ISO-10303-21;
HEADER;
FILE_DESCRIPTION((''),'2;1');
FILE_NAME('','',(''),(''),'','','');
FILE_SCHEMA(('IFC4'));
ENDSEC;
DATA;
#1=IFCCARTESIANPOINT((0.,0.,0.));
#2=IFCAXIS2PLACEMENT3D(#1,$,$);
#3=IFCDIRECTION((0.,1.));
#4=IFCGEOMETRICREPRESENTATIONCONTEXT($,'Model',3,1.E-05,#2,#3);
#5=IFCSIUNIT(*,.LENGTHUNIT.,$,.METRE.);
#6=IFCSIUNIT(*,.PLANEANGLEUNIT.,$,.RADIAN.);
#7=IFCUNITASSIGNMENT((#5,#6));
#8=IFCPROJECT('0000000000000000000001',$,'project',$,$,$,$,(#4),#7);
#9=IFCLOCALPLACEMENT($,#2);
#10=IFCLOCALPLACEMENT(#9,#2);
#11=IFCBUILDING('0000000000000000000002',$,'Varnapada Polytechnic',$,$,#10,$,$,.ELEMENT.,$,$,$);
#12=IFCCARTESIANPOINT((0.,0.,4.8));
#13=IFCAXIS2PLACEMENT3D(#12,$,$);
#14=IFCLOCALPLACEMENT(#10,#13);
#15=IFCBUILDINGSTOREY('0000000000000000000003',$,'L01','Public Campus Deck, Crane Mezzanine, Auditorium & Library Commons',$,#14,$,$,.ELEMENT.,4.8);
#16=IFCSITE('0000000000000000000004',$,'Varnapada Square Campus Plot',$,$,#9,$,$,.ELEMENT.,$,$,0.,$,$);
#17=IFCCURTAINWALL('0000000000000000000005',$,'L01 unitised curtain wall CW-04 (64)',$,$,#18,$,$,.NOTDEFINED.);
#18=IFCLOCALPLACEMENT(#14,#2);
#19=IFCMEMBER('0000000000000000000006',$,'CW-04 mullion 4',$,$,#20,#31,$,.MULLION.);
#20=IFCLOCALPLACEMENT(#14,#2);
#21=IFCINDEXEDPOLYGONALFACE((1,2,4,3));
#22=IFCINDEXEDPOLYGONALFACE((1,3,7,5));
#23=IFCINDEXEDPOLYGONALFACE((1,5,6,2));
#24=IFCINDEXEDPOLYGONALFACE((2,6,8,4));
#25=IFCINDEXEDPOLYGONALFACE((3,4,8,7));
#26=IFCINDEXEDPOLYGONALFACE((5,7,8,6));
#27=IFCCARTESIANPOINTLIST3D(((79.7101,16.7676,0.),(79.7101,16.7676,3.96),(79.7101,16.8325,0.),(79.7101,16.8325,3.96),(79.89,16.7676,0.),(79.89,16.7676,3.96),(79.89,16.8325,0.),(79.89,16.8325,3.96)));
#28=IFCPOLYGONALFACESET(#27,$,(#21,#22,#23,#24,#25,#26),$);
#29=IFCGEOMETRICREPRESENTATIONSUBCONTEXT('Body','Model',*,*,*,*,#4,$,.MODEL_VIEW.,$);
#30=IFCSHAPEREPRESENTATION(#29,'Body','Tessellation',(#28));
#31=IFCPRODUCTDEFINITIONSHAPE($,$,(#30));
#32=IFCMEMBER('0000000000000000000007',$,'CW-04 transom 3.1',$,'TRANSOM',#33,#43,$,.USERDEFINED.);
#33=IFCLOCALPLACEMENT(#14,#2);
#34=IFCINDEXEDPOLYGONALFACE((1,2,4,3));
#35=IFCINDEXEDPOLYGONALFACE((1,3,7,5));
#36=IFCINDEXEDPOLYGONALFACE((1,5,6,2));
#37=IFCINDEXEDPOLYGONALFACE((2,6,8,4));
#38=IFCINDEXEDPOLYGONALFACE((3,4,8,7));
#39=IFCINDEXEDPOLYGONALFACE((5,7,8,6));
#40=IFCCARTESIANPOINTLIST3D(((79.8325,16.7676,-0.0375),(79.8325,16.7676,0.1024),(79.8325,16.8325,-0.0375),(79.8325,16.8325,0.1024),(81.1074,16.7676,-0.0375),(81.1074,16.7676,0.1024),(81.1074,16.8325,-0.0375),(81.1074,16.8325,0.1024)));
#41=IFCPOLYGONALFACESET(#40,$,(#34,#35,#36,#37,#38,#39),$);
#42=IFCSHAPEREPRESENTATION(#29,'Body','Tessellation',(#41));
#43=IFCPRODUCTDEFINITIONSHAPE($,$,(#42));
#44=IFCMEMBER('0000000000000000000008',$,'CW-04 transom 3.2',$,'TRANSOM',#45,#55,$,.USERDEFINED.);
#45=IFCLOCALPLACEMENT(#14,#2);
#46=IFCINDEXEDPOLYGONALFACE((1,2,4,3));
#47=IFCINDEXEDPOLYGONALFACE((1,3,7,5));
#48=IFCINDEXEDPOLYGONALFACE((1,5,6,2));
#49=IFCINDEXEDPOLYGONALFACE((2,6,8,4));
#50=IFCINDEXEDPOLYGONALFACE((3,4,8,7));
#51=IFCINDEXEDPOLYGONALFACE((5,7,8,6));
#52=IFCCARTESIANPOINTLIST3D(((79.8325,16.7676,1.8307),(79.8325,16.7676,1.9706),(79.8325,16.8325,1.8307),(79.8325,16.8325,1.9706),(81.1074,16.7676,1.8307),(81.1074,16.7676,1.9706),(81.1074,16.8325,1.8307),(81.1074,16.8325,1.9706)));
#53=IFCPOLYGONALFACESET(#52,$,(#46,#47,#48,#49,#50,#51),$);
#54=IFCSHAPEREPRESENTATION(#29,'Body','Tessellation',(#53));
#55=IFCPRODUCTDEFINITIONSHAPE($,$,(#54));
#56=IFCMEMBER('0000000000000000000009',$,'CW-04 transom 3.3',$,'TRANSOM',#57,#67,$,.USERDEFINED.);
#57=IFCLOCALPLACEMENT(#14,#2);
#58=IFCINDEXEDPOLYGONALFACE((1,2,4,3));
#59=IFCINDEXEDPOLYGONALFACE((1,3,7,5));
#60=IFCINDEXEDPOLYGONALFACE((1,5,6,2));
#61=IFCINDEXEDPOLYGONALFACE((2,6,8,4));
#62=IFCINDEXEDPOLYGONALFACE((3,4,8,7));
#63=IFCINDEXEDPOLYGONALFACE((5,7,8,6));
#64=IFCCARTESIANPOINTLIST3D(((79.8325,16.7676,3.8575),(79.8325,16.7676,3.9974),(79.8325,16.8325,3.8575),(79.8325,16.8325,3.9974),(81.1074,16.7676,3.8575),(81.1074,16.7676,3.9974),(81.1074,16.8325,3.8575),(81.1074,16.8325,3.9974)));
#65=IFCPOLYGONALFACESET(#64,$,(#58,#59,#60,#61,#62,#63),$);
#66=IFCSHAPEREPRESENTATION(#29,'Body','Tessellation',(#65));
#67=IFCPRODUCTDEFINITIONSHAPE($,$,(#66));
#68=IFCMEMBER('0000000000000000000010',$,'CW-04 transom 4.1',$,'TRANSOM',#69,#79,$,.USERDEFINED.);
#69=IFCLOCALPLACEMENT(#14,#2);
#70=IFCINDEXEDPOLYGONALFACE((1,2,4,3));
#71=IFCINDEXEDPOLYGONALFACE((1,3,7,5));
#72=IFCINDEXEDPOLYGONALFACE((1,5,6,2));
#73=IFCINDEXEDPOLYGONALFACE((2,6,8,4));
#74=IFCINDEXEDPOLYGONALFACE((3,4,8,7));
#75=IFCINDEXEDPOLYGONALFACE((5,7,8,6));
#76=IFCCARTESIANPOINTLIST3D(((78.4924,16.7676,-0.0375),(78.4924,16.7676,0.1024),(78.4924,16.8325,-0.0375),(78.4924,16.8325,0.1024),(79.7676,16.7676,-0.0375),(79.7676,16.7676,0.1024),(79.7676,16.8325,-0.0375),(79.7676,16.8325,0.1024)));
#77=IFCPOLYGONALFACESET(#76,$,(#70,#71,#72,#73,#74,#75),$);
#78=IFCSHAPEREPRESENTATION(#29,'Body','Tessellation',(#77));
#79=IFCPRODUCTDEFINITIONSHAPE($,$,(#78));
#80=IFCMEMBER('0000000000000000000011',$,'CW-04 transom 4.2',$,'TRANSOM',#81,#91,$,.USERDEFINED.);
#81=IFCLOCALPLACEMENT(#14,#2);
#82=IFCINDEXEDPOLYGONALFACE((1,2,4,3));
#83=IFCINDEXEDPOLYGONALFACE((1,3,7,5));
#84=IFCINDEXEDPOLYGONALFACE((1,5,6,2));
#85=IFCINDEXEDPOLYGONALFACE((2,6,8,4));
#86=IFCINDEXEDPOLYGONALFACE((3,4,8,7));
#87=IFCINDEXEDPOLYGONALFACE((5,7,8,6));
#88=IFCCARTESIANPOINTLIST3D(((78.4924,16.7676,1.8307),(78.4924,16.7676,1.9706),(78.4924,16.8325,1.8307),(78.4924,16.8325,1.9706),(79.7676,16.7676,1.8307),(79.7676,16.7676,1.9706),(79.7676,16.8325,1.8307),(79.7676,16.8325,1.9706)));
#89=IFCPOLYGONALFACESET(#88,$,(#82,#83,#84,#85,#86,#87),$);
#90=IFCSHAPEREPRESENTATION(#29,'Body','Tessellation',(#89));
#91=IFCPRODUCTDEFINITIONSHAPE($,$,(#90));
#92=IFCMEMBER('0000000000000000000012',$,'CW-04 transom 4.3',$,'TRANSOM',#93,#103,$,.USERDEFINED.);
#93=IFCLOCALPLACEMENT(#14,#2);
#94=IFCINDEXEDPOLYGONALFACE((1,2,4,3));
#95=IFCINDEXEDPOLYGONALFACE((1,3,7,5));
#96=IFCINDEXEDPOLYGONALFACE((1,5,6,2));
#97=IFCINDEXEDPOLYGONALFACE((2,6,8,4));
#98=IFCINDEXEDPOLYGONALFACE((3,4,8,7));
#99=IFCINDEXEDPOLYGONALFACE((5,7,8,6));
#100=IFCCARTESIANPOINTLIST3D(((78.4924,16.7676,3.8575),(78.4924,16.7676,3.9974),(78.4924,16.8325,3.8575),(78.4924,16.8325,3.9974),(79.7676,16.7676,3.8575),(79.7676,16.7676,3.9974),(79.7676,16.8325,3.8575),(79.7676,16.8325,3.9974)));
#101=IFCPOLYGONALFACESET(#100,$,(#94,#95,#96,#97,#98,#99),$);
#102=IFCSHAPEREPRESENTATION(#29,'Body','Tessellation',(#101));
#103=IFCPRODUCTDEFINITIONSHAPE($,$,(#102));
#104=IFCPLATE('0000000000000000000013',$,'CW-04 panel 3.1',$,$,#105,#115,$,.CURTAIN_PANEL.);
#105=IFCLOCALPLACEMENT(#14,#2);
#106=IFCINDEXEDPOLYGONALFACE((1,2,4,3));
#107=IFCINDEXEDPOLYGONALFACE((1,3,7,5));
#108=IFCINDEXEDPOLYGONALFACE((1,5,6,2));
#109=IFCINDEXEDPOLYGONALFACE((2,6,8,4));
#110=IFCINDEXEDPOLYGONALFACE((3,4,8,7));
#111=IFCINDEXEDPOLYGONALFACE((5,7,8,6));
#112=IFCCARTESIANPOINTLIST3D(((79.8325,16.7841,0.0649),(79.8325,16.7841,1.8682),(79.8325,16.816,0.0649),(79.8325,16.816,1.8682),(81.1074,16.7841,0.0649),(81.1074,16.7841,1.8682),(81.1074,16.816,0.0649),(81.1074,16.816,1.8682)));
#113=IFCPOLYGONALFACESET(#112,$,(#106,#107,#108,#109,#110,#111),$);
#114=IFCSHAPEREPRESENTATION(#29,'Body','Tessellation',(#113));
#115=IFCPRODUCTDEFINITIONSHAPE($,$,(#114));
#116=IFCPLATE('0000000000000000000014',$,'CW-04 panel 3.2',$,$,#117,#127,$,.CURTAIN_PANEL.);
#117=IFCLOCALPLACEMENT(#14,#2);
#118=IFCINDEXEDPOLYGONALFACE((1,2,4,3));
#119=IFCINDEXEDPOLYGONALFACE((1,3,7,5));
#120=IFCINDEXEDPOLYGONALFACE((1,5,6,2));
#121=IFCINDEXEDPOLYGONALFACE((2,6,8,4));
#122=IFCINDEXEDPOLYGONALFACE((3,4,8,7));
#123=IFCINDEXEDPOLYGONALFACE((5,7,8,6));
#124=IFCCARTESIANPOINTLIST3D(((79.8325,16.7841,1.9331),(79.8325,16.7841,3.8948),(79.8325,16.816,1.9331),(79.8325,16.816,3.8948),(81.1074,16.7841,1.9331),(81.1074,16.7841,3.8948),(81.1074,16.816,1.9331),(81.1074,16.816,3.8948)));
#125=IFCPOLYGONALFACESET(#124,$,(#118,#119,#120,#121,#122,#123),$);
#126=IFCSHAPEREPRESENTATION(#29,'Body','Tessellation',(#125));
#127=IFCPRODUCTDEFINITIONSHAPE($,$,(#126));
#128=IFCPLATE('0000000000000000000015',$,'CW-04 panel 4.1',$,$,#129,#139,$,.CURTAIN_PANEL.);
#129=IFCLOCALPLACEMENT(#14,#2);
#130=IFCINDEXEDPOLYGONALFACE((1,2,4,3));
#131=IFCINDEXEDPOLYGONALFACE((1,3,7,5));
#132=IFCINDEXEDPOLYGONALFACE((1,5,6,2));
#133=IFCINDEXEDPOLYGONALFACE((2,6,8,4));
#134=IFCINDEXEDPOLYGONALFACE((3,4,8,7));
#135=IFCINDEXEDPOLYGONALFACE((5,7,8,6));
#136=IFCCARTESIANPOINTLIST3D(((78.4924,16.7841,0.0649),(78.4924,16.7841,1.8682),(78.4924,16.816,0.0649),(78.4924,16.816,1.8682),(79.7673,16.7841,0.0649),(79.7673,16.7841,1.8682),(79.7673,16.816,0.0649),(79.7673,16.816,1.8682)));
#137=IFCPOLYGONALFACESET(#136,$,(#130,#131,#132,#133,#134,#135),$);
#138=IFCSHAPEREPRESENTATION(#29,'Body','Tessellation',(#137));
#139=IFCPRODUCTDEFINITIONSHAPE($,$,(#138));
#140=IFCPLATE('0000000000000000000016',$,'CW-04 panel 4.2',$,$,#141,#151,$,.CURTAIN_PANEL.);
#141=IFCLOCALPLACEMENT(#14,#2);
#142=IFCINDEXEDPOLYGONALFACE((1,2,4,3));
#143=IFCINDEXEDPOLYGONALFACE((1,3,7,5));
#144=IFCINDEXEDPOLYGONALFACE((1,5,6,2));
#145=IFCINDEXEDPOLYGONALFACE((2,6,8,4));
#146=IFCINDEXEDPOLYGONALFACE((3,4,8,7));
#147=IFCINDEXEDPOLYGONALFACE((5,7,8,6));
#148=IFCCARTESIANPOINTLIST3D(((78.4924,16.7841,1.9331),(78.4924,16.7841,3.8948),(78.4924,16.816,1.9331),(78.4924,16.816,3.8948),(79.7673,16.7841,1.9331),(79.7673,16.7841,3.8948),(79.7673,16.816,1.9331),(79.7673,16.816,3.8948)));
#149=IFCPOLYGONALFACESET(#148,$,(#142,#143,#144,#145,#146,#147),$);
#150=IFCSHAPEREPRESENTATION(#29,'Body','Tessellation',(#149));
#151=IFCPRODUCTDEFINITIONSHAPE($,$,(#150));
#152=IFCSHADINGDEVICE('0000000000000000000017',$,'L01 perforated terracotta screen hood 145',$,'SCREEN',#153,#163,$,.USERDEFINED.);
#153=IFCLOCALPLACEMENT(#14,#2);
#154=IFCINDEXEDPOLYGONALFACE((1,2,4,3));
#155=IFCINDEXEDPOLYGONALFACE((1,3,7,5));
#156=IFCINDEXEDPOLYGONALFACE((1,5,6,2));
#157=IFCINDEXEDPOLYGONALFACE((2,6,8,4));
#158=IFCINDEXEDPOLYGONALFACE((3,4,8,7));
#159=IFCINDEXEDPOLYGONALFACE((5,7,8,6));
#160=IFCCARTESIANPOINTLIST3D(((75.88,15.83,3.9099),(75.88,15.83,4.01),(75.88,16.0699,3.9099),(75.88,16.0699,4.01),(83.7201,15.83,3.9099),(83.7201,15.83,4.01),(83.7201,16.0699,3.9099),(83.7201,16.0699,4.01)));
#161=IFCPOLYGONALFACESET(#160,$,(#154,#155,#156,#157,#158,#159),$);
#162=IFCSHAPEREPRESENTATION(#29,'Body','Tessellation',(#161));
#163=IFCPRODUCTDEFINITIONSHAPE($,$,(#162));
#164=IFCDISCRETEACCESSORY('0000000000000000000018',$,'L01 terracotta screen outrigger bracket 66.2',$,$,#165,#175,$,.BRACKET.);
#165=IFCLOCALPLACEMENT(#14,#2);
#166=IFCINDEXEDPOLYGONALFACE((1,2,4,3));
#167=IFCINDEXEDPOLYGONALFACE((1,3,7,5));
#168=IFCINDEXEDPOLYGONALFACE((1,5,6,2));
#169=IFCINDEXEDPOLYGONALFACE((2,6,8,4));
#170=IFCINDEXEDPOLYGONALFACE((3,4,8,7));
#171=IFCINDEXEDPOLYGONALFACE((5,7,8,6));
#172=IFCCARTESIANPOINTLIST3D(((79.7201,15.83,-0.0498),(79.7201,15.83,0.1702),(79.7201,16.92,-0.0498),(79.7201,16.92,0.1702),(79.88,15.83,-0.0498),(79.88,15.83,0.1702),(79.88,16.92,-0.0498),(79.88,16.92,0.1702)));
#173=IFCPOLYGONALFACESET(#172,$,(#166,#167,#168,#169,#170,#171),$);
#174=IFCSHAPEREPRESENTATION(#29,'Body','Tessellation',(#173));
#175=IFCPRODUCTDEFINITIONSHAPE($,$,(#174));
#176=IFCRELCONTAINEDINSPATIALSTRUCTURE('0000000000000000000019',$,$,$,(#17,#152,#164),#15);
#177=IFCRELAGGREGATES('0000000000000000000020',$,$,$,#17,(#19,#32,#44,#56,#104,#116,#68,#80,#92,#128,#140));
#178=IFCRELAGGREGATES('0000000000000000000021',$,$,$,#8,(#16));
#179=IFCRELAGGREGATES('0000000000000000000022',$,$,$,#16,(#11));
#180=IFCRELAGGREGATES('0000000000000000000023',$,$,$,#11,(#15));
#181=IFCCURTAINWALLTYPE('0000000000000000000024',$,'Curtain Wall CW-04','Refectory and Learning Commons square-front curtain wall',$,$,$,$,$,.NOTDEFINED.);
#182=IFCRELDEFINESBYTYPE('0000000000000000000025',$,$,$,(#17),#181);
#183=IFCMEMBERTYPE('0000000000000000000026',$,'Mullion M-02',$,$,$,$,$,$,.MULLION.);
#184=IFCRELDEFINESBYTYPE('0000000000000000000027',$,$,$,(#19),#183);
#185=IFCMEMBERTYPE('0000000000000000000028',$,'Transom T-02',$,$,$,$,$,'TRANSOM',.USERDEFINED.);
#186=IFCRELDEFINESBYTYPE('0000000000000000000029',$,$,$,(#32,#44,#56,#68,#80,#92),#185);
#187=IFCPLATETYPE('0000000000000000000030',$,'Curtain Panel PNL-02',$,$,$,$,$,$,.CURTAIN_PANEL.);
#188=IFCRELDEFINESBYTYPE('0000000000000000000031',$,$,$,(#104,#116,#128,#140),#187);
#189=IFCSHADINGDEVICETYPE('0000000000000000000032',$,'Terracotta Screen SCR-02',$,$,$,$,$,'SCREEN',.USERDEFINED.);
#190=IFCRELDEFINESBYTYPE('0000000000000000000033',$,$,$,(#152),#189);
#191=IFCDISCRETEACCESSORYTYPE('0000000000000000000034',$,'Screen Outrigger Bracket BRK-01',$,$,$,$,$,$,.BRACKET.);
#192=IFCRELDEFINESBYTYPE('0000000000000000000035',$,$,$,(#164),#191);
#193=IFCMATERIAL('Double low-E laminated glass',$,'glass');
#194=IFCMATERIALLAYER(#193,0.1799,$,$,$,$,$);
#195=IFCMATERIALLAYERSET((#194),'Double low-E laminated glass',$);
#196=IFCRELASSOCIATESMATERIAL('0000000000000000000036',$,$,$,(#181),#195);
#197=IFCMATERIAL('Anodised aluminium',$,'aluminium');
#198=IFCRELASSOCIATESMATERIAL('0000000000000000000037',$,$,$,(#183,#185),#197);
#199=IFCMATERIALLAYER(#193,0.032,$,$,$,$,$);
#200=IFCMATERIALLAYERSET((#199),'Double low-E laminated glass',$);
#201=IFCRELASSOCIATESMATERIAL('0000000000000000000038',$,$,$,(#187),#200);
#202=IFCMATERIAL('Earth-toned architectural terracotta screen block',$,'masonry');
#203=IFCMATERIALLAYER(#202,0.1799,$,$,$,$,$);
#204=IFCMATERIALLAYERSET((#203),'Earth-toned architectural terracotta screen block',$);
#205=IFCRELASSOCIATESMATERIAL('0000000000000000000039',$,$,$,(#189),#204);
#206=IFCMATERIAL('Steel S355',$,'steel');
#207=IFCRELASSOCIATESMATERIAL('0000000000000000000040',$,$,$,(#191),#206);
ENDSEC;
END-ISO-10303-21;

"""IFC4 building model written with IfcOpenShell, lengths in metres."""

from ifc_helpers import new_model, si_unit, direction, frame, origin, origin_2d, place, context, subcontext, project, spatial, rectangle, extrude, material, layer, layer_set, material_profile, profile_set, type_object, element, aggregate, save


model = new_model("IFC4")

# Units and contexts
model_context = context("Model", 3, precision=1e-05, world=origin(), true_north=direction((0.0, 1.0)))
body_context = subcontext(model_context, "Body", "Model", "MODEL_VIEW")
ifc_project = project(units=[si_unit("LENGTHUNIT", "METRE"), si_unit("PLANEANGLEUNIT", "RADIAN")], contexts=[model_context])

# Site, building, storey
site_placement = place(None, origin())
site = spatial("IfcSite", under=ifc_project, at=site_placement, Name="Varnapada Square Campus Plot", CompositionType="ELEMENT", RefElevation=0.0)
building_placement = place(site_placement, origin())
building = spatial("IfcBuilding", under=site, at=building_placement, Name="Varnapada Polytechnic", CompositionType="ELEMENT")
storey_placement = place(building_placement, frame((0.0, 0.0, 4.8)))
storey = spatial("IfcBuildingStorey", under=building, at=storey_placement, Name="L01", Description="Public Campus Deck, Crane Mezzanine, Auditorium & Library Commons", CompositionType="ELEMENT", Elevation=4.8)

# Curtain wall, members, plates
ifc_material_1 = material(Name="Double low-E laminated glass", Category="glass")
ifc_layer_1 = layer(ifc_material_1, 0.1799)
ifc_layer_set_1 = layer_set([ifc_layer_1], Name="Double low-E laminated glass")
curtain_wall_type = type_object("IfcCurtainWallType", Name="Curtain Wall CW-04", Description="Refectory and Learning Commons square-front curtain wall", PredefinedType="NOTDEFINED", material=ifc_layer_set_1)
curtain_wall_placement = place(storey_placement, origin())
curtain_wall = element("IfcCurtainWall", 1, at=curtain_wall_placement, inside=storey, type_object=curtain_wall_type, Name="L01 unitised curtain wall CW-04 (64)", PredefinedType="NOTDEFINED")
ifc_material_2 = material(Name="Anodised aluminium", Category="aluminium")
ifc_material_profile_1 = material_profile(ifc_material_2, rectangle(XDim=0.0649, YDim=0.1799, at=origin_2d()), Name="ALU M65x180")
ifc_profile_set_1 = profile_set([ifc_material_profile_1], Name="Anodised aluminium")
member_type_1 = type_object("IfcMemberType", Name="Mullion M-02", PredefinedType="MULLION", material=ifc_profile_set_1)
member_1_placement = place(storey_placement, frame((79.8, 16.8, 0.0), z_axis=(0.0, 0.0, 1.0), x_axis=(0.0, -1.0, 0.0)))
member_1 = element("IfcMember", 2, at=member_1_placement, type_object=member_type_1, Name="CW-04 mullion 4", PredefinedType="MULLION", context=body_context, shape_type="SweptSolid", body=[
    extrude(rectangle(XDim=0.0649, YDim=0.1799, at=origin_2d()), origin(), (0.0, 0.0, 1.0), 3.96),
])
ifc_material_profile_2 = material_profile(ifc_material_2, rectangle(XDim=0.0649, YDim=0.1399, at=origin_2d()), Name="ALU T65x140")
ifc_profile_set_2 = profile_set([ifc_material_profile_2], Name="Anodised aluminium")
member_type_2 = type_object("IfcMemberType", Name="Transom T-02", ElementType="TRANSOM", PredefinedType="USERDEFINED", material=ifc_profile_set_2)
member_2_placement = place(storey_placement, frame((81.1074, 16.8, 0.0325), z_axis=(-1.0, 0.0, 0.0), x_axis=(0.0, -1.0, 0.0)))
member_2 = element("IfcMember", 3, at=member_2_placement, type_object=member_type_2, Name="CW-04 transom 3.1", ObjectType="TRANSOM", PredefinedType="USERDEFINED", context=body_context, shape_type="SweptSolid", body=[
    extrude(rectangle(XDim=0.0649, YDim=0.1399, at=origin_2d()), origin(), (0.0, 0.0, 1.0), 1.2749),
])
member_3_placement = place(storey_placement, frame((81.1074, 16.8, 1.9006), z_axis=(-1.0, 0.0, 0.0), x_axis=(0.0, -1.0, 0.0)))
member_3 = element("IfcMember", 4, at=member_3_placement, type_object=member_type_2, Name="CW-04 transom 3.2", ObjectType="TRANSOM", PredefinedType="USERDEFINED", context=body_context, shape_type="SweptSolid", body=[
    extrude(rectangle(XDim=0.0649, YDim=0.1399, at=origin_2d()), origin(), (0.0, 0.0, 1.0), 1.2749),
])
member_4_placement = place(storey_placement, frame((81.1074, 16.8, 3.9275), z_axis=(-1.0, 0.0, 0.0), x_axis=(0.0, -1.0, 0.0)))
member_4 = element("IfcMember", 5, at=member_4_placement, type_object=member_type_2, Name="CW-04 transom 3.3", ObjectType="TRANSOM", PredefinedType="USERDEFINED", context=body_context, shape_type="SweptSolid", body=[
    extrude(rectangle(XDim=0.0649, YDim=0.1399, at=origin_2d()), origin(), (0.0, 0.0, 1.0), 1.2749),
])
member_5_placement = place(storey_placement, frame((79.7676, 16.8, 0.0325), z_axis=(-1.0, 0.0, 0.0), x_axis=(0.0, -1.0, 0.0)))
member_5 = element("IfcMember", 6, at=member_5_placement, type_object=member_type_2, Name="CW-04 transom 4.1", ObjectType="TRANSOM", PredefinedType="USERDEFINED", context=body_context, shape_type="SweptSolid", body=[
    extrude(rectangle(XDim=0.0649, YDim=0.1399, at=origin_2d()), origin(), (0.0, 0.0, 1.0), 1.2751),
])
member_6_placement = place(storey_placement, frame((79.7676, 16.8, 1.9006), z_axis=(-1.0, 0.0, 0.0), x_axis=(0.0, -1.0, 0.0)))
member_6 = element("IfcMember", 7, at=member_6_placement, type_object=member_type_2, Name="CW-04 transom 4.2", ObjectType="TRANSOM", PredefinedType="USERDEFINED", context=body_context, shape_type="SweptSolid", body=[
    extrude(rectangle(XDim=0.0649, YDim=0.1399, at=origin_2d()), origin(), (0.0, 0.0, 1.0), 1.2751),
])
member_7_placement = place(storey_placement, frame((79.7676, 16.8, 3.9275), z_axis=(-1.0, 0.0, 0.0), x_axis=(0.0, -1.0, 0.0)))
member_7 = element("IfcMember", 8, at=member_7_placement, type_object=member_type_2, Name="CW-04 transom 4.3", ObjectType="TRANSOM", PredefinedType="USERDEFINED", context=body_context, shape_type="SweptSolid", body=[
    extrude(rectangle(XDim=0.0649, YDim=0.1399, at=origin_2d()), origin(), (0.0, 0.0, 1.0), 1.2751),
])
ifc_layer_2 = layer(ifc_material_1, 0.032)
ifc_layer_set_2 = layer_set([ifc_layer_2], Name="Double low-E laminated glass")
plate_type = type_object("IfcPlateType", Name="Curtain Panel PNL-02", PredefinedType="CURTAIN_PANEL", material=ifc_layer_set_2)
plate_1_placement = place(storey_placement, frame((80.47, 16.8, 0.0649), z_axis=(0.0, 0.0, 1.0), x_axis=(-1.0, 0.0, 0.0)))
plate_1 = element("IfcPlate", 9, at=plate_1_placement, type_object=plate_type, Name="CW-04 panel 3.1", PredefinedType="CURTAIN_PANEL", context=body_context, shape_type="SweptSolid", body=[
    extrude(rectangle(XDim=1.2749, YDim=0.032, at=origin_2d()), origin(), (0.0, 0.0, 1.0), 1.8032),
])
plate_2_placement = place(storey_placement, frame((80.47, 16.8, 1.9331), z_axis=(0.0, 0.0, 1.0), x_axis=(-1.0, 0.0, 0.0)))
plate_2 = element("IfcPlate", 10, at=plate_2_placement, type_object=plate_type, Name="CW-04 panel 3.2", PredefinedType="CURTAIN_PANEL", context=body_context, shape_type="SweptSolid", body=[
    extrude(rectangle(XDim=1.2749, YDim=0.032, at=origin_2d()), origin(), (0.0, 0.0, 1.0), 1.9617),
])
plate_3_placement = place(storey_placement, frame((79.1299, 16.8, 0.0649), z_axis=(0.0, 0.0, 1.0), x_axis=(-1.0, 0.0, 0.0)))
plate_3 = element("IfcPlate", 11, at=plate_3_placement, type_object=plate_type, Name="CW-04 panel 4.1", PredefinedType="CURTAIN_PANEL", context=body_context, shape_type="SweptSolid", body=[
    extrude(rectangle(XDim=1.2749, YDim=0.032, at=origin_2d()), origin(), (0.0, 0.0, 1.0), 1.8032),
])
plate_4_placement = place(storey_placement, frame((79.1299, 16.8, 1.9331), z_axis=(0.0, 0.0, 1.0), x_axis=(-1.0, 0.0, 0.0)))
plate_4 = element("IfcPlate", 12, at=plate_4_placement, type_object=plate_type, Name="CW-04 panel 4.2", PredefinedType="CURTAIN_PANEL", context=body_context, shape_type="SweptSolid", body=[
    extrude(rectangle(XDim=1.2749, YDim=0.032, at=origin_2d()), origin(), (0.0, 0.0, 1.0), 1.9617),
])
aggregate(curtain_wall, [member_1, member_2, member_3, member_4, plate_1, plate_2, member_5, member_6, member_7, plate_3, plate_4])

# Shading device
ifc_material_3 = material(Name="Earth-toned architectural terracotta screen block", Category="masonry")
ifc_layer_3 = layer(ifc_material_3, 0.1799)
ifc_layer_set_3 = layer_set([ifc_layer_3], Name="Earth-toned architectural terracotta screen block")
shading_device_type = type_object("IfcShadingDeviceType", Name="Terracotta Screen SCR-02", ElementType="SCREEN", PredefinedType="USERDEFINED", material=ifc_layer_set_3)
shading_device_placement = place(storey_placement, frame((79.8, 15.95, 3.9099), z_axis=(0.0, 0.0, 1.0), x_axis=(-1.0, 0.0, 0.0)))
element("IfcShadingDevice", 13, at=shading_device_placement, inside=storey, type_object=shading_device_type, Name="L01 perforated terracotta screen hood 145", ObjectType="SCREEN", PredefinedType="USERDEFINED", context=body_context, shape_type="SweptSolid", body=[
    extrude(rectangle(XDim=7.8401, YDim=0.24, at=origin_2d()), origin(), (0.0, 0.0, 1.0), 0.1001),
])

# Discrete accessory
ifc_material_4 = material(Name="Steel S355", Category="steel")
discrete_accessory_type = type_object("IfcDiscreteAccessoryType", Name="Screen Outrigger Bracket BRK-01", PredefinedType="BRACKET", material=ifc_material_4)
discrete_accessory_placement = place(storey_placement, frame((79.8, 16.375, -0.0498), z_axis=(0.0, 0.0, 1.0), x_axis=(-1.0, 0.0, 0.0)))
element("IfcDiscreteAccessory", 14, at=discrete_accessory_placement, inside=storey, type_object=discrete_accessory_type, Name="L01 terracotta screen outrigger bracket 66.2", PredefinedType="BRACKET", context=body_context, shape_type="SweptSolid", body=[
    extrude(rectangle(XDim=0.1599, YDim=1.0901, at=origin_2d()), origin(), (0.0, 0.0, 1.0), 0.22),
])

save(model, "model.ifc")
